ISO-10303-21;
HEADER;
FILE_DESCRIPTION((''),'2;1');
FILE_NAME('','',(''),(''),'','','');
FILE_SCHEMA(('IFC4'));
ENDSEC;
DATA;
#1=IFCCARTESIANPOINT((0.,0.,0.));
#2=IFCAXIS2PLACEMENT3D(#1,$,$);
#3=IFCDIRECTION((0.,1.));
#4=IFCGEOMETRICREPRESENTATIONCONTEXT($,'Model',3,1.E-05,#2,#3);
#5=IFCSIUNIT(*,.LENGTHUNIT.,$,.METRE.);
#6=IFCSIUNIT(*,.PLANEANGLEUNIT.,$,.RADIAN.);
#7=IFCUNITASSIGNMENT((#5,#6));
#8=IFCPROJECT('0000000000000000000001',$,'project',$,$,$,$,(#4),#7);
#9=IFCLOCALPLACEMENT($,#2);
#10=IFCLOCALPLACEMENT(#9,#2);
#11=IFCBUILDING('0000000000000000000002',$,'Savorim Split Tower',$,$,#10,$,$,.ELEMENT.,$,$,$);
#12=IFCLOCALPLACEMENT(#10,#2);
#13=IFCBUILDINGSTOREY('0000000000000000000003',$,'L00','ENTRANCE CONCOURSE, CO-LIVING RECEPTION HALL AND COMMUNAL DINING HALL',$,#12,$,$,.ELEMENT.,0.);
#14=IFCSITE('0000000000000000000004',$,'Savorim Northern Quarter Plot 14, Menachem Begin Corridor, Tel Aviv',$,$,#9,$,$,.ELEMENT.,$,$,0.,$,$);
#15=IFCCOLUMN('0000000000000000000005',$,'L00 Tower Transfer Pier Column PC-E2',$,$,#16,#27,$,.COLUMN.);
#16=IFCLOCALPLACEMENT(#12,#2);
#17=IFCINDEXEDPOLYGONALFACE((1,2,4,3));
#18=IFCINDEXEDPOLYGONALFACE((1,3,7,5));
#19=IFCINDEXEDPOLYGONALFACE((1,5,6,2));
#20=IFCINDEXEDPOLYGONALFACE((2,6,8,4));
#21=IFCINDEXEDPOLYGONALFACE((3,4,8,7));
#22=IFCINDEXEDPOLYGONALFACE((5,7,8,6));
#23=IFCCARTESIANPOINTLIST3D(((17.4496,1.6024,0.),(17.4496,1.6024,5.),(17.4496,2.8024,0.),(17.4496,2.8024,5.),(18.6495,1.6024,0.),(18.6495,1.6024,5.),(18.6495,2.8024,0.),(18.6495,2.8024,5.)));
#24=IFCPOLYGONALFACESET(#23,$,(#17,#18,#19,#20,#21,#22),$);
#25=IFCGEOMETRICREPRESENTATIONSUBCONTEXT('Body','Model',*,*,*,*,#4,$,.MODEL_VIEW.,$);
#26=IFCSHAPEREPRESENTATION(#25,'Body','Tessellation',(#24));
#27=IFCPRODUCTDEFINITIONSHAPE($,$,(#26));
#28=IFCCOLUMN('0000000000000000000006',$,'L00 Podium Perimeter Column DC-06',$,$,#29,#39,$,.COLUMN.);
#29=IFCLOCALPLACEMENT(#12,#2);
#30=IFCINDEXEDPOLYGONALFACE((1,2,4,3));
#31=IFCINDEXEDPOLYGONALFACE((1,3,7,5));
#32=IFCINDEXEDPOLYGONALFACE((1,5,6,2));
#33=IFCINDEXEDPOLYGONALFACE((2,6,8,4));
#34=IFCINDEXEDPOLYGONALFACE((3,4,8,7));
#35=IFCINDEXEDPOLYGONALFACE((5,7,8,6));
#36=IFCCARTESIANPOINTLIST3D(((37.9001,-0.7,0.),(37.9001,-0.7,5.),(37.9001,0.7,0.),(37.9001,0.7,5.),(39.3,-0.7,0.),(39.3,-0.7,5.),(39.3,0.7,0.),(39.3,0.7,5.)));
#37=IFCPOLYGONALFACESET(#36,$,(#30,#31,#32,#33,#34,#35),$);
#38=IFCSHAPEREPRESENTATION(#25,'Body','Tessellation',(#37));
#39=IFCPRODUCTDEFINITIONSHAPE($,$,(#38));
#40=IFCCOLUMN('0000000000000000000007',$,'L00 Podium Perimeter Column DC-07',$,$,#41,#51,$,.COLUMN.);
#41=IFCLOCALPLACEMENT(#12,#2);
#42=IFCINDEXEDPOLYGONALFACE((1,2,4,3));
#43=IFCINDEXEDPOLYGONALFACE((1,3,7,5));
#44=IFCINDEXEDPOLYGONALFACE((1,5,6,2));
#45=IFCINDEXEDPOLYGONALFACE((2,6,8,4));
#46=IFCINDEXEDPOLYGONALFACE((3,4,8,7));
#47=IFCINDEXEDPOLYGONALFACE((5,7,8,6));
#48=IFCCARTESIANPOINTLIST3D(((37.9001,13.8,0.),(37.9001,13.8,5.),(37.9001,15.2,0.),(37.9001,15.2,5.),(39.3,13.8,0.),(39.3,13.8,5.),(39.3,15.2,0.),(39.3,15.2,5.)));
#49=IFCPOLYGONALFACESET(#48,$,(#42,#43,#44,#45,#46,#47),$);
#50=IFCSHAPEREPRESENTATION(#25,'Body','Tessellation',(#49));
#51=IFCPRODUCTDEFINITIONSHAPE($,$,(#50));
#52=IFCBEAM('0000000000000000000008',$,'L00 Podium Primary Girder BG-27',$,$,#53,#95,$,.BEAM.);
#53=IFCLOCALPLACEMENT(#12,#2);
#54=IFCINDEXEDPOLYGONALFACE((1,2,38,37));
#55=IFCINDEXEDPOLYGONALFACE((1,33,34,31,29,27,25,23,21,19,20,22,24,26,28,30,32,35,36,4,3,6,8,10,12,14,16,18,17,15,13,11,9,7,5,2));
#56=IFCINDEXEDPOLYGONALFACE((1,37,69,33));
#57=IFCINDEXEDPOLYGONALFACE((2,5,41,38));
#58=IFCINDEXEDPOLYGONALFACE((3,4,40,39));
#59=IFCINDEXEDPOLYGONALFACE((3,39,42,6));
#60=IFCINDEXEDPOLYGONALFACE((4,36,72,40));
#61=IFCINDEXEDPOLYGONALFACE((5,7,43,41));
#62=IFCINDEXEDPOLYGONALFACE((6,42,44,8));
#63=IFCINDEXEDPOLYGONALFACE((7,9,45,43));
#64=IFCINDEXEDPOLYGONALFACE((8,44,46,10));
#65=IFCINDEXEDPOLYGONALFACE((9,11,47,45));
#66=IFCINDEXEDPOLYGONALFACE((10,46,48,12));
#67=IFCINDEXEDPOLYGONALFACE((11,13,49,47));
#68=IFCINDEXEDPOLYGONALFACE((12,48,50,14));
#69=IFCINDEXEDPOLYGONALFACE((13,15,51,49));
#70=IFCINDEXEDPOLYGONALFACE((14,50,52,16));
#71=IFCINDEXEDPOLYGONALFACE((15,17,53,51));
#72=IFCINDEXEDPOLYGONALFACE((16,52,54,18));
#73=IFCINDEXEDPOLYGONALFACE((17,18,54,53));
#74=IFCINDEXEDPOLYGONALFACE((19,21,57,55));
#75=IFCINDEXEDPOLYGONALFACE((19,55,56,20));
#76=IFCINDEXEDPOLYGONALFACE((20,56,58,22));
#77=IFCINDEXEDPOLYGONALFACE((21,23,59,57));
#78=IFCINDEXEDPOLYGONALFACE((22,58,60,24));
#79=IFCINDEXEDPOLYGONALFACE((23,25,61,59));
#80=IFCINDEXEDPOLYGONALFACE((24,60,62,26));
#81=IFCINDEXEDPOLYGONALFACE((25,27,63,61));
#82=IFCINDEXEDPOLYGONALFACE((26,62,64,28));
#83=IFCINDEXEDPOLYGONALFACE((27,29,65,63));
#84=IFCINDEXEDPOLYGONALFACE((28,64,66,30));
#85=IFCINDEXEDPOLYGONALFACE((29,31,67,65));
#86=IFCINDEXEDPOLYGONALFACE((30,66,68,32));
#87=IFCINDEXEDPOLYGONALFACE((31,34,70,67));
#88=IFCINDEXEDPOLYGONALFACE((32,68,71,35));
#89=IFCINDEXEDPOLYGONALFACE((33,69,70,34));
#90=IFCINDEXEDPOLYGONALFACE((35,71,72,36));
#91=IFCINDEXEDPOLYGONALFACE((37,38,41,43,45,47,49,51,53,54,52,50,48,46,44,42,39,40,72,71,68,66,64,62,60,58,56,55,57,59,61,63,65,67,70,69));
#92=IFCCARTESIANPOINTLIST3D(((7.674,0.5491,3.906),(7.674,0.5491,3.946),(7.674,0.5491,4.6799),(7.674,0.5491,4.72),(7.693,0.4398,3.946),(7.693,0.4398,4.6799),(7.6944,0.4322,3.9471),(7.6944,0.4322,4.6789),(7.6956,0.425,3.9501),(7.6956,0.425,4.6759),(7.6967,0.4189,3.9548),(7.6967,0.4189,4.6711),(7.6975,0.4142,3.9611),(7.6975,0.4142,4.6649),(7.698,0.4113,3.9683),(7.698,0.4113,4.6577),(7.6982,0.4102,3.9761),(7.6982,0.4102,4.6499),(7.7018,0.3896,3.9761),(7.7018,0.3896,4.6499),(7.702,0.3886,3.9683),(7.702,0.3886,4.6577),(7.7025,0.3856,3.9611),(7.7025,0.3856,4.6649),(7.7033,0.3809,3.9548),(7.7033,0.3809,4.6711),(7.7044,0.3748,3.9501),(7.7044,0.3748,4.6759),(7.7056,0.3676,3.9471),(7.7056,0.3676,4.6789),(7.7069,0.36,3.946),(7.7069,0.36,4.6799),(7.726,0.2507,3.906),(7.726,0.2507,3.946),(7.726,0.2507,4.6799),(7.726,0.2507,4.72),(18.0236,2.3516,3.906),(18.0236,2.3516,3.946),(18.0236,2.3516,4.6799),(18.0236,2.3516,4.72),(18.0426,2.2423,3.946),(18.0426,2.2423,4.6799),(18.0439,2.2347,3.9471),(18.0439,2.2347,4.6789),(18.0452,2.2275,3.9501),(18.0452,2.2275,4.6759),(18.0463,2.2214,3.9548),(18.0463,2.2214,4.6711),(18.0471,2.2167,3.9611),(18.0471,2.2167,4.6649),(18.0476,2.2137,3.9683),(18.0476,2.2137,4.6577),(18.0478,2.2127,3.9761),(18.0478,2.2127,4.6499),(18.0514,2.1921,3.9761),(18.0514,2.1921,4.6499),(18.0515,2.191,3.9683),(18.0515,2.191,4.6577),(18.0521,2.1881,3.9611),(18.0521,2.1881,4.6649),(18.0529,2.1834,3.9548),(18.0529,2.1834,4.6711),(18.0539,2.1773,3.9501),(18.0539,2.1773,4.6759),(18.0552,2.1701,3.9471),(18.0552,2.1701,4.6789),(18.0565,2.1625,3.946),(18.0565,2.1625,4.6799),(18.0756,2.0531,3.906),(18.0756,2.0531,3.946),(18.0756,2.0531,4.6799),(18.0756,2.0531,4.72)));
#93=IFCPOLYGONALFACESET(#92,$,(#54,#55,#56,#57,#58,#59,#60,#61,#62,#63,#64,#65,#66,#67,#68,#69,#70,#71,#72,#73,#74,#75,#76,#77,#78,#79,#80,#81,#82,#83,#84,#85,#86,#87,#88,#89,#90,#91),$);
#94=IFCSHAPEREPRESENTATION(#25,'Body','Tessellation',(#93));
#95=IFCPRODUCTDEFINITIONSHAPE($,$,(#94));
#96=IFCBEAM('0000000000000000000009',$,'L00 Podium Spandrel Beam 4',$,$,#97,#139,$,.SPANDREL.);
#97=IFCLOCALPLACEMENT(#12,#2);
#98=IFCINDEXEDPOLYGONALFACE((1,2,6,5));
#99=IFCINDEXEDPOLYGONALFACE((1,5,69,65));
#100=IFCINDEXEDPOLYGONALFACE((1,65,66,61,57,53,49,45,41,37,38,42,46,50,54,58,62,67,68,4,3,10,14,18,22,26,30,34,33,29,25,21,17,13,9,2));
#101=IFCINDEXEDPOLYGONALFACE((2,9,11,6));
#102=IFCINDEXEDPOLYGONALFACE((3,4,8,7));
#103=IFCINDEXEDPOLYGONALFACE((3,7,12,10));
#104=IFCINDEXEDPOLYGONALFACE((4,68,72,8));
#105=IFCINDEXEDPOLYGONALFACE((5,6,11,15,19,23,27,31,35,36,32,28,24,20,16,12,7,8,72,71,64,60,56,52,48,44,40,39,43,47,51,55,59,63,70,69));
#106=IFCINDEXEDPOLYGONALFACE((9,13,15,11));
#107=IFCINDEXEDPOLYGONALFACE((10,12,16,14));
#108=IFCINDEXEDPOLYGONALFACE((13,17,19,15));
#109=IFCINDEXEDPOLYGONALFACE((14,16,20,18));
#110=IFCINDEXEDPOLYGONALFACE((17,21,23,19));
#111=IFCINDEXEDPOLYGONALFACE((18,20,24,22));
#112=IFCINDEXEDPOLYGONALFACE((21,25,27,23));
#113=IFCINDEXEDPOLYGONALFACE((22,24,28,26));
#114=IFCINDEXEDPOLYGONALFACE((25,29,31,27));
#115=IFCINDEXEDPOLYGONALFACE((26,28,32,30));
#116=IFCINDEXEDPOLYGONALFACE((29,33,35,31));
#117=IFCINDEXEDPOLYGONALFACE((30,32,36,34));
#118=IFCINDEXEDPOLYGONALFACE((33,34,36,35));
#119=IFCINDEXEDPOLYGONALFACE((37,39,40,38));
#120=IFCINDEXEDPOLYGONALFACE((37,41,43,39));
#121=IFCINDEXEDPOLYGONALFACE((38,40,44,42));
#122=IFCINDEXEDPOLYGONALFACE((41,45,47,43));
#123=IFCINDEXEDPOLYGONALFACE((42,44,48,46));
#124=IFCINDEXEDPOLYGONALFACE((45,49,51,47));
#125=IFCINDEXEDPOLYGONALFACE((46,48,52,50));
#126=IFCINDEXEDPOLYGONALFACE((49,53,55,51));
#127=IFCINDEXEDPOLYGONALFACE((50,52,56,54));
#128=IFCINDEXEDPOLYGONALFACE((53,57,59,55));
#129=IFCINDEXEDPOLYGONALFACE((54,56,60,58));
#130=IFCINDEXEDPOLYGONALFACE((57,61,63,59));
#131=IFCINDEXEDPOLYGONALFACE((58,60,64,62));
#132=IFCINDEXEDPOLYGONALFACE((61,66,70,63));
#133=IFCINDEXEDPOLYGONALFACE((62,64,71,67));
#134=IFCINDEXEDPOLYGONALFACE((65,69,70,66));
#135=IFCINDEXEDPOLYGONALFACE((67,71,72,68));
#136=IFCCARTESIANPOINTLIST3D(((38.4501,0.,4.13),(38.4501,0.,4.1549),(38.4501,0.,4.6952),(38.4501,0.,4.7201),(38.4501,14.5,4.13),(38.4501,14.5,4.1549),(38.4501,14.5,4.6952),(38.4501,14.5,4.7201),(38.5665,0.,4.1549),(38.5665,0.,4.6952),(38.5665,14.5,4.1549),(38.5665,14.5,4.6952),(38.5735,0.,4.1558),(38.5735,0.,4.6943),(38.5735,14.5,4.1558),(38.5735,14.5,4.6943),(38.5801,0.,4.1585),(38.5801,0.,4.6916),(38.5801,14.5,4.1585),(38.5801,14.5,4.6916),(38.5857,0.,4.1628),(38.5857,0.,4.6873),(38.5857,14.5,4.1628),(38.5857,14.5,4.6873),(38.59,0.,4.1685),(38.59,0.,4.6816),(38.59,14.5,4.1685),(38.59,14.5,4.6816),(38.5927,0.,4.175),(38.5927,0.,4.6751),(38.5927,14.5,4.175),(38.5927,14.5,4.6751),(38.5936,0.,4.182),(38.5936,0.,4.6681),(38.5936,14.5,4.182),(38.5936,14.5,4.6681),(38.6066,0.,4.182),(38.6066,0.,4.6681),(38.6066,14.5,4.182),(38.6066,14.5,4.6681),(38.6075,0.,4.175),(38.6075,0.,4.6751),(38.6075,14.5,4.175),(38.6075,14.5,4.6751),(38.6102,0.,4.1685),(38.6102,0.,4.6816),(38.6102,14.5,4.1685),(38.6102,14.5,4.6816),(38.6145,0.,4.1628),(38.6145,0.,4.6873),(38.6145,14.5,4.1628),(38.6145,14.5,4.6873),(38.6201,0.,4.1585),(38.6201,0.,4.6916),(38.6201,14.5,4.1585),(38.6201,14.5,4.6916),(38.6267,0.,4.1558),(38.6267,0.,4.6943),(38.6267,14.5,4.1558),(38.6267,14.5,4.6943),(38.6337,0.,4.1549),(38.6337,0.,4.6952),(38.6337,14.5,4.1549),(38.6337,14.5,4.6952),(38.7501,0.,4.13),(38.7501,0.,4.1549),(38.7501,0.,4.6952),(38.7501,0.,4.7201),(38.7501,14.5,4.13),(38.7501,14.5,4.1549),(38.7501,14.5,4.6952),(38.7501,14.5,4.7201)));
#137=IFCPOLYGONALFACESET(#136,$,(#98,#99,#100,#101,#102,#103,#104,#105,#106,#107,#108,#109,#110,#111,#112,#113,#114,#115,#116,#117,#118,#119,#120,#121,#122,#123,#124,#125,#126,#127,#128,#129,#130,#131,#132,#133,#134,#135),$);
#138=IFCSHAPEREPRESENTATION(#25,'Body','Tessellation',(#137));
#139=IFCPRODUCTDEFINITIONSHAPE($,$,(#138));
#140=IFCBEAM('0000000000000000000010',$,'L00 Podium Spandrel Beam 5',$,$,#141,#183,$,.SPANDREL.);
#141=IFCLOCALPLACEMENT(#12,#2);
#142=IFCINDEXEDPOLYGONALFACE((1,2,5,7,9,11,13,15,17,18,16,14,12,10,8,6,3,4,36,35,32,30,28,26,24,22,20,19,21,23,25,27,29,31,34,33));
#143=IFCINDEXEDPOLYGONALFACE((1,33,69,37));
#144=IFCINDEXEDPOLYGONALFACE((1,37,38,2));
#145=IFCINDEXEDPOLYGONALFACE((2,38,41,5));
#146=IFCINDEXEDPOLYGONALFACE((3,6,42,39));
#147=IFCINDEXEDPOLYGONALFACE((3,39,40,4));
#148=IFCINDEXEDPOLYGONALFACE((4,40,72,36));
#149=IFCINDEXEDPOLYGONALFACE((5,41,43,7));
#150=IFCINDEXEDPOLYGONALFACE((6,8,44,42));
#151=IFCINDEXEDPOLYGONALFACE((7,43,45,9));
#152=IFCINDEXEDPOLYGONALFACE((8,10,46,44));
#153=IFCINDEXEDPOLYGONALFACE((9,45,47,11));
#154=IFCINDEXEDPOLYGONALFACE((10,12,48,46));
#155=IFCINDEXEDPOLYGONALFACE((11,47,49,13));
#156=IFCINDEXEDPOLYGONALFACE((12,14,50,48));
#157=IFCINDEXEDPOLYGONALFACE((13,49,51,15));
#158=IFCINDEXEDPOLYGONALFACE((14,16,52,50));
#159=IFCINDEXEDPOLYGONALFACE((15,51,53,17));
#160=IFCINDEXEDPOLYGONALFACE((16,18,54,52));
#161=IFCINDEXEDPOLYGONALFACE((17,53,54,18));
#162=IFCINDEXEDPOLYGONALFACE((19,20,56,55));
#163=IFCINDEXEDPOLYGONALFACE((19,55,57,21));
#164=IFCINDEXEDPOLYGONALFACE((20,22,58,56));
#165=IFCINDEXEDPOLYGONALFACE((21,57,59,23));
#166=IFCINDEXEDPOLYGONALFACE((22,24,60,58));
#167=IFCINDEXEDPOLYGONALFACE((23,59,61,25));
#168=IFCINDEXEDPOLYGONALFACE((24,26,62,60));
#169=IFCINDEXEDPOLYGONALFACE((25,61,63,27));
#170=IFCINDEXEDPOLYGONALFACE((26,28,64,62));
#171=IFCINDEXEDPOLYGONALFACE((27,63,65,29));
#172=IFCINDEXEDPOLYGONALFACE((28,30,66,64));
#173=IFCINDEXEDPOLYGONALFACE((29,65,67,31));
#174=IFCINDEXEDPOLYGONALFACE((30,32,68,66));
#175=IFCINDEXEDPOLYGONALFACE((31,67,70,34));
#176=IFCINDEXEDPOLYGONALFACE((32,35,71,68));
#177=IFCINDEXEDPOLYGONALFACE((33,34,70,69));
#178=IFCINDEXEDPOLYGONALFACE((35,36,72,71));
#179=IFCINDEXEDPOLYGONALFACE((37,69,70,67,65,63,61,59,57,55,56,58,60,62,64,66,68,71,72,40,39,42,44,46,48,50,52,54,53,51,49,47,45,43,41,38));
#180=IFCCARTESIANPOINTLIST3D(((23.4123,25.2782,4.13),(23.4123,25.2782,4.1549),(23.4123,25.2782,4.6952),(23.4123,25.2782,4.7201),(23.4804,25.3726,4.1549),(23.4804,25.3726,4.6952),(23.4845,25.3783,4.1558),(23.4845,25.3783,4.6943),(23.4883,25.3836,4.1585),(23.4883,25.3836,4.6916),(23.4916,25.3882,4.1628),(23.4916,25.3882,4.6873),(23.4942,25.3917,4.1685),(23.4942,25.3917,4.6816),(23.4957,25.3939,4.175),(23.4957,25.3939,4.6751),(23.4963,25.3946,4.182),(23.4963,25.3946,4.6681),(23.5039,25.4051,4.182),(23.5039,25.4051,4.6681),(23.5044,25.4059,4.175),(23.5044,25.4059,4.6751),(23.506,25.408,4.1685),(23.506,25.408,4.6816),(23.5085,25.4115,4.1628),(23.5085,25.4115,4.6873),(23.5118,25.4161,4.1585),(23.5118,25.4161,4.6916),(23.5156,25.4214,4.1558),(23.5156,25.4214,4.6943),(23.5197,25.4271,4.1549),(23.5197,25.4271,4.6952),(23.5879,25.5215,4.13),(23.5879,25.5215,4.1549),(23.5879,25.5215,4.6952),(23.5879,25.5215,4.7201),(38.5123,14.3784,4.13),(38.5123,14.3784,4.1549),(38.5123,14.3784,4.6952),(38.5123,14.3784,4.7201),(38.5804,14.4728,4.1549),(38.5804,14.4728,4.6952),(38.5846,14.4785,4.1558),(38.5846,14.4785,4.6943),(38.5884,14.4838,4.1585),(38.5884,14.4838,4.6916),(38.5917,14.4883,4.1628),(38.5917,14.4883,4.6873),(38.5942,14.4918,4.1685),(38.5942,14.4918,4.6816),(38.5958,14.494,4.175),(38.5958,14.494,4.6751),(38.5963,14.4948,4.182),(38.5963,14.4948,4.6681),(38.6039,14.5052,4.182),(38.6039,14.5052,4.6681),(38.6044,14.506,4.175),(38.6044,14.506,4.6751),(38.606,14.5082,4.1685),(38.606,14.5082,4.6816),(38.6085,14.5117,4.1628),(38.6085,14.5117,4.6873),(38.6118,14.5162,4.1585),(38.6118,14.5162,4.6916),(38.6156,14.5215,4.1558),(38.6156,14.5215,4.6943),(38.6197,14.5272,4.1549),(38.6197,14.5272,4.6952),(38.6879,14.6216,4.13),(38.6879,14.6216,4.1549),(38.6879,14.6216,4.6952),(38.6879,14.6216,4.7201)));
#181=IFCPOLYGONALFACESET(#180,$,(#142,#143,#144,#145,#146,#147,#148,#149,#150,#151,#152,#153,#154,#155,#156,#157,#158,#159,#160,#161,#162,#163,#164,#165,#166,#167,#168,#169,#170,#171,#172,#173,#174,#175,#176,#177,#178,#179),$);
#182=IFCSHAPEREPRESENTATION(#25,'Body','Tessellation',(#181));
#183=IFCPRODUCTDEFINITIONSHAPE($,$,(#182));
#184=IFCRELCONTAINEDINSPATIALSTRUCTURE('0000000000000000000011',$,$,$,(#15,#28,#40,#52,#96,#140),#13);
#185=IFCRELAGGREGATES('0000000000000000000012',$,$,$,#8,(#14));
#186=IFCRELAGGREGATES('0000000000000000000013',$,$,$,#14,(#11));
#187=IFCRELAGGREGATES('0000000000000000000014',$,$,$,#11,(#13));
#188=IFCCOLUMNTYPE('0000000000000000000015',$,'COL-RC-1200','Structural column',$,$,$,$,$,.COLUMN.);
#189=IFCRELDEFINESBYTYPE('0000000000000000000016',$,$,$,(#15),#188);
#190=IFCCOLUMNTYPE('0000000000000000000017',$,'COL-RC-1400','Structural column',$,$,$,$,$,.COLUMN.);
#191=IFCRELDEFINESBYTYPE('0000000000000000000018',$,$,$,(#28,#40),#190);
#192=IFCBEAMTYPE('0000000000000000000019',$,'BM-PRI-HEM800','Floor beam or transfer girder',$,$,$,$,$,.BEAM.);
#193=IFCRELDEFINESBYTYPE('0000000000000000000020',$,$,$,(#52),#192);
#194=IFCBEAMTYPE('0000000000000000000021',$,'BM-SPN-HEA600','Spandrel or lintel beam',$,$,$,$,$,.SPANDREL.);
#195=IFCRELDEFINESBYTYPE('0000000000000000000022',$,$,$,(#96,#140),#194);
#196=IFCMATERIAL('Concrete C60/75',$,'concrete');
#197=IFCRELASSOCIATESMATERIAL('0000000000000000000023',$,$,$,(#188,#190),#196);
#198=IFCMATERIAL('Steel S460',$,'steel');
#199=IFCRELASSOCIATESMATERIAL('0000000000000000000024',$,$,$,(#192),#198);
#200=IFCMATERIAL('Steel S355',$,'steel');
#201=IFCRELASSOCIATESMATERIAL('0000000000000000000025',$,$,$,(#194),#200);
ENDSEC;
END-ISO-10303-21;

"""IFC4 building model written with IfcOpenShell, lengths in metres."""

from ifc_helpers import new_model, si_unit, direction, frame, origin, origin_2d, place, context, subcontext, project, spatial, rectangle, i_section, extrude, material, material_profile, profile_set, type_object, element, save


model = new_model("IFC4")

# Units and contexts
model_context = context("Model", 3, precision=1e-05, world=origin(), true_north=direction((0.0, 1.0)))
body_context = subcontext(model_context, "Body", "Model", "MODEL_VIEW")
ifc_project = project(units=[si_unit("LENGTHUNIT", "METRE"), si_unit("PLANEANGLEUNIT", "RADIAN")], contexts=[model_context])

# Site, building, storey
site_placement = place(None, origin())
site = spatial("IfcSite", under=ifc_project, at=site_placement, Name="Savorim Northern Quarter Plot 14, Menachem Begin Corridor, Tel Aviv", CompositionType="ELEMENT", RefElevation=0.0)
building_placement = place(site_placement, origin())
building = spatial("IfcBuilding", under=site, at=building_placement, Name="Savorim Split Tower", CompositionType="ELEMENT")
storey_placement = place(building_placement, origin())
storey = spatial("IfcBuildingStorey", under=building, at=storey_placement, Name="L00", Description="ENTRANCE CONCOURSE, CO-LIVING RECEPTION HALL AND COMMUNAL DINING HALL", CompositionType="ELEMENT", Elevation=0.0)

# Columns
ifc_material_1 = material(Name="Concrete C60/75", Category="concrete")
ifc_material_profile_1 = material_profile(ifc_material_1, rectangle(XDim=1.2, YDim=1.2, at=origin_2d()), Name="RC 1200x1200")
ifc_profile_set_1 = profile_set([ifc_material_profile_1], Name="Concrete C60/75")
column_type_1 = type_object("IfcColumnType", Name="COL-RC-1200", Description="Structural column", PredefinedType="COLUMN", material=ifc_profile_set_1)
column_placement = place(storey_placement, frame((18.0496, 2.2024, 0.0), z_axis=(0.0, 0.0, 1.0), x_axis=(1.0, 0.0, 0.0)))
element("IfcColumn", 1, at=column_placement, inside=storey, type_object=column_type_1, Name="L00 Tower Transfer Pier Column PC-E2", PredefinedType="COLUMN", context=body_context, shape_type="SweptSolid", body=[
    extrude(rectangle(XDim=1.2, YDim=1.2, at=origin_2d()), origin(), (0.0, 0.0, 1.0), 5.0),
])
ifc_material_profile_2 = material_profile(ifc_material_1, rectangle(XDim=1.3999, YDim=1.3999, at=origin_2d()), Name="RC 1400x1400")
ifc_profile_set_2 = profile_set([ifc_material_profile_2], Name="Concrete C60/75")
column_type_2 = type_object("IfcColumnType", Name="COL-RC-1400", Description="Structural column", PredefinedType="COLUMN", material=ifc_profile_set_2)
for number, where, z_axis, x_axis, name in (
    (2, (38.6001, 0.0, 0.0), (0.0, 0.0, 1.0), (1.0, 0.0, 0.0), "L00 Podium Perimeter Column DC-06"),
    (3, (38.6001, 14.5, 0.0), (0.0, 0.0, 1.0), (1.0, 0.0, 0.0), "L00 Podium Perimeter Column DC-07"),
):
    element("IfcColumn", number, at=place(storey_placement, frame(where, z_axis=z_axis, x_axis=x_axis)), inside=storey, type_object=column_type_2, Name=name, PredefinedType="COLUMN", context=body_context, shape_type="SweptSolid", body=[
        extrude(rectangle(XDim=1.3999, YDim=1.3999, at=origin_2d()), origin(), (0.0, 0.0, 1.0), 5.0),
    ])

# Beams
ifc_material_2 = material(Name="Steel S460", Category="steel")
ifc_material_profile_3 = material_profile(ifc_material_2, i_section(OverallWidth=0.303, OverallDepth=0.814, WebThickness=0.021, FlangeThickness=0.04, FilletRadius=0.03, at=origin_2d()), Name="HE 800 M")
ifc_profile_set_3 = profile_set([ifc_material_profile_3], Name="Steel S460")
beam_type_1 = type_object("IfcBeamType", Name="BM-PRI-HEM800", Description="Floor beam or transfer girder", PredefinedType="BEAM", material=ifc_profile_set_3)
beam_1_placement = place(storey_placement, frame((18.0496, 2.2024, 4.313), z_axis=(-0.985171, -0.171578, 0.0), x_axis=(0.171578, -0.985171, 0.0)))
element("IfcBeam", 4, at=beam_1_placement, inside=storey, type_object=beam_type_1, Name="L00 Podium Primary Girder BG-27", PredefinedType="BEAM", context=body_context, shape_type="SweptSolid", body=[
    extrude(i_section(OverallWidth=0.303, OverallDepth=0.814, WebThickness=0.021, FlangeThickness=0.04, FilletRadius=0.03, at=origin_2d()), origin(), (0.0, 0.0, 1.0), 10.5054),
])
ifc_material_3 = material(Name="Steel S355", Category="steel")
ifc_material_profile_4 = material_profile(ifc_material_3, i_section(OverallWidth=0.3, OverallDepth=0.5901, WebThickness=0.0129, FlangeThickness=0.0249, FilletRadius=0.0271, at=origin_2d()), Name="HEA 600")
ifc_profile_set_4 = profile_set([ifc_material_profile_4], Name="Steel S355")
beam_type_2 = type_object("IfcBeamType", Name="BM-SPN-HEA600", Description="Spandrel or lintel beam", PredefinedType="SPANDREL", material=ifc_profile_set_4)
beam_2_placement = place(storey_placement, frame((38.6001, 0.0, 4.425), z_axis=(0.0, 1.0, 0.0), x_axis=(-1.0, 0.0, 0.0)))
element("IfcBeam", 5, at=beam_2_placement, inside=storey, type_object=beam_type_2, Name="L00 Podium Spandrel Beam 4", PredefinedType="SPANDREL", context=body_context, shape_type="SweptSolid", body=[
    extrude(i_section(OverallWidth=0.3, OverallDepth=0.5901, WebThickness=0.0129, FlangeThickness=0.0249, FilletRadius=0.0271, at=origin_2d()), origin(), (0.0, 0.0, 1.0), 14.5),
])
beam_3_placement = place(storey_placement, frame((38.6001, 14.5, 4.425), z_axis=(-0.810825, 0.585289, 0.0), x_axis=(-0.585289, -0.810825, 0.0)))
element("IfcBeam", 6, at=beam_3_placement, inside=storey, type_object=beam_type_2, Name="L00 Podium Spandrel Beam 5", PredefinedType="SPANDREL", context=body_context, shape_type="SweptSolid", body=[
    extrude(i_section(OverallWidth=0.3, OverallDepth=0.5901, WebThickness=0.0129, FlangeThickness=0.0249, FilletRadius=0.0271, at=origin_2d()), origin(), (0.0, 0.0, 1.0), 18.623),
])

save(model, "model.ifc")
